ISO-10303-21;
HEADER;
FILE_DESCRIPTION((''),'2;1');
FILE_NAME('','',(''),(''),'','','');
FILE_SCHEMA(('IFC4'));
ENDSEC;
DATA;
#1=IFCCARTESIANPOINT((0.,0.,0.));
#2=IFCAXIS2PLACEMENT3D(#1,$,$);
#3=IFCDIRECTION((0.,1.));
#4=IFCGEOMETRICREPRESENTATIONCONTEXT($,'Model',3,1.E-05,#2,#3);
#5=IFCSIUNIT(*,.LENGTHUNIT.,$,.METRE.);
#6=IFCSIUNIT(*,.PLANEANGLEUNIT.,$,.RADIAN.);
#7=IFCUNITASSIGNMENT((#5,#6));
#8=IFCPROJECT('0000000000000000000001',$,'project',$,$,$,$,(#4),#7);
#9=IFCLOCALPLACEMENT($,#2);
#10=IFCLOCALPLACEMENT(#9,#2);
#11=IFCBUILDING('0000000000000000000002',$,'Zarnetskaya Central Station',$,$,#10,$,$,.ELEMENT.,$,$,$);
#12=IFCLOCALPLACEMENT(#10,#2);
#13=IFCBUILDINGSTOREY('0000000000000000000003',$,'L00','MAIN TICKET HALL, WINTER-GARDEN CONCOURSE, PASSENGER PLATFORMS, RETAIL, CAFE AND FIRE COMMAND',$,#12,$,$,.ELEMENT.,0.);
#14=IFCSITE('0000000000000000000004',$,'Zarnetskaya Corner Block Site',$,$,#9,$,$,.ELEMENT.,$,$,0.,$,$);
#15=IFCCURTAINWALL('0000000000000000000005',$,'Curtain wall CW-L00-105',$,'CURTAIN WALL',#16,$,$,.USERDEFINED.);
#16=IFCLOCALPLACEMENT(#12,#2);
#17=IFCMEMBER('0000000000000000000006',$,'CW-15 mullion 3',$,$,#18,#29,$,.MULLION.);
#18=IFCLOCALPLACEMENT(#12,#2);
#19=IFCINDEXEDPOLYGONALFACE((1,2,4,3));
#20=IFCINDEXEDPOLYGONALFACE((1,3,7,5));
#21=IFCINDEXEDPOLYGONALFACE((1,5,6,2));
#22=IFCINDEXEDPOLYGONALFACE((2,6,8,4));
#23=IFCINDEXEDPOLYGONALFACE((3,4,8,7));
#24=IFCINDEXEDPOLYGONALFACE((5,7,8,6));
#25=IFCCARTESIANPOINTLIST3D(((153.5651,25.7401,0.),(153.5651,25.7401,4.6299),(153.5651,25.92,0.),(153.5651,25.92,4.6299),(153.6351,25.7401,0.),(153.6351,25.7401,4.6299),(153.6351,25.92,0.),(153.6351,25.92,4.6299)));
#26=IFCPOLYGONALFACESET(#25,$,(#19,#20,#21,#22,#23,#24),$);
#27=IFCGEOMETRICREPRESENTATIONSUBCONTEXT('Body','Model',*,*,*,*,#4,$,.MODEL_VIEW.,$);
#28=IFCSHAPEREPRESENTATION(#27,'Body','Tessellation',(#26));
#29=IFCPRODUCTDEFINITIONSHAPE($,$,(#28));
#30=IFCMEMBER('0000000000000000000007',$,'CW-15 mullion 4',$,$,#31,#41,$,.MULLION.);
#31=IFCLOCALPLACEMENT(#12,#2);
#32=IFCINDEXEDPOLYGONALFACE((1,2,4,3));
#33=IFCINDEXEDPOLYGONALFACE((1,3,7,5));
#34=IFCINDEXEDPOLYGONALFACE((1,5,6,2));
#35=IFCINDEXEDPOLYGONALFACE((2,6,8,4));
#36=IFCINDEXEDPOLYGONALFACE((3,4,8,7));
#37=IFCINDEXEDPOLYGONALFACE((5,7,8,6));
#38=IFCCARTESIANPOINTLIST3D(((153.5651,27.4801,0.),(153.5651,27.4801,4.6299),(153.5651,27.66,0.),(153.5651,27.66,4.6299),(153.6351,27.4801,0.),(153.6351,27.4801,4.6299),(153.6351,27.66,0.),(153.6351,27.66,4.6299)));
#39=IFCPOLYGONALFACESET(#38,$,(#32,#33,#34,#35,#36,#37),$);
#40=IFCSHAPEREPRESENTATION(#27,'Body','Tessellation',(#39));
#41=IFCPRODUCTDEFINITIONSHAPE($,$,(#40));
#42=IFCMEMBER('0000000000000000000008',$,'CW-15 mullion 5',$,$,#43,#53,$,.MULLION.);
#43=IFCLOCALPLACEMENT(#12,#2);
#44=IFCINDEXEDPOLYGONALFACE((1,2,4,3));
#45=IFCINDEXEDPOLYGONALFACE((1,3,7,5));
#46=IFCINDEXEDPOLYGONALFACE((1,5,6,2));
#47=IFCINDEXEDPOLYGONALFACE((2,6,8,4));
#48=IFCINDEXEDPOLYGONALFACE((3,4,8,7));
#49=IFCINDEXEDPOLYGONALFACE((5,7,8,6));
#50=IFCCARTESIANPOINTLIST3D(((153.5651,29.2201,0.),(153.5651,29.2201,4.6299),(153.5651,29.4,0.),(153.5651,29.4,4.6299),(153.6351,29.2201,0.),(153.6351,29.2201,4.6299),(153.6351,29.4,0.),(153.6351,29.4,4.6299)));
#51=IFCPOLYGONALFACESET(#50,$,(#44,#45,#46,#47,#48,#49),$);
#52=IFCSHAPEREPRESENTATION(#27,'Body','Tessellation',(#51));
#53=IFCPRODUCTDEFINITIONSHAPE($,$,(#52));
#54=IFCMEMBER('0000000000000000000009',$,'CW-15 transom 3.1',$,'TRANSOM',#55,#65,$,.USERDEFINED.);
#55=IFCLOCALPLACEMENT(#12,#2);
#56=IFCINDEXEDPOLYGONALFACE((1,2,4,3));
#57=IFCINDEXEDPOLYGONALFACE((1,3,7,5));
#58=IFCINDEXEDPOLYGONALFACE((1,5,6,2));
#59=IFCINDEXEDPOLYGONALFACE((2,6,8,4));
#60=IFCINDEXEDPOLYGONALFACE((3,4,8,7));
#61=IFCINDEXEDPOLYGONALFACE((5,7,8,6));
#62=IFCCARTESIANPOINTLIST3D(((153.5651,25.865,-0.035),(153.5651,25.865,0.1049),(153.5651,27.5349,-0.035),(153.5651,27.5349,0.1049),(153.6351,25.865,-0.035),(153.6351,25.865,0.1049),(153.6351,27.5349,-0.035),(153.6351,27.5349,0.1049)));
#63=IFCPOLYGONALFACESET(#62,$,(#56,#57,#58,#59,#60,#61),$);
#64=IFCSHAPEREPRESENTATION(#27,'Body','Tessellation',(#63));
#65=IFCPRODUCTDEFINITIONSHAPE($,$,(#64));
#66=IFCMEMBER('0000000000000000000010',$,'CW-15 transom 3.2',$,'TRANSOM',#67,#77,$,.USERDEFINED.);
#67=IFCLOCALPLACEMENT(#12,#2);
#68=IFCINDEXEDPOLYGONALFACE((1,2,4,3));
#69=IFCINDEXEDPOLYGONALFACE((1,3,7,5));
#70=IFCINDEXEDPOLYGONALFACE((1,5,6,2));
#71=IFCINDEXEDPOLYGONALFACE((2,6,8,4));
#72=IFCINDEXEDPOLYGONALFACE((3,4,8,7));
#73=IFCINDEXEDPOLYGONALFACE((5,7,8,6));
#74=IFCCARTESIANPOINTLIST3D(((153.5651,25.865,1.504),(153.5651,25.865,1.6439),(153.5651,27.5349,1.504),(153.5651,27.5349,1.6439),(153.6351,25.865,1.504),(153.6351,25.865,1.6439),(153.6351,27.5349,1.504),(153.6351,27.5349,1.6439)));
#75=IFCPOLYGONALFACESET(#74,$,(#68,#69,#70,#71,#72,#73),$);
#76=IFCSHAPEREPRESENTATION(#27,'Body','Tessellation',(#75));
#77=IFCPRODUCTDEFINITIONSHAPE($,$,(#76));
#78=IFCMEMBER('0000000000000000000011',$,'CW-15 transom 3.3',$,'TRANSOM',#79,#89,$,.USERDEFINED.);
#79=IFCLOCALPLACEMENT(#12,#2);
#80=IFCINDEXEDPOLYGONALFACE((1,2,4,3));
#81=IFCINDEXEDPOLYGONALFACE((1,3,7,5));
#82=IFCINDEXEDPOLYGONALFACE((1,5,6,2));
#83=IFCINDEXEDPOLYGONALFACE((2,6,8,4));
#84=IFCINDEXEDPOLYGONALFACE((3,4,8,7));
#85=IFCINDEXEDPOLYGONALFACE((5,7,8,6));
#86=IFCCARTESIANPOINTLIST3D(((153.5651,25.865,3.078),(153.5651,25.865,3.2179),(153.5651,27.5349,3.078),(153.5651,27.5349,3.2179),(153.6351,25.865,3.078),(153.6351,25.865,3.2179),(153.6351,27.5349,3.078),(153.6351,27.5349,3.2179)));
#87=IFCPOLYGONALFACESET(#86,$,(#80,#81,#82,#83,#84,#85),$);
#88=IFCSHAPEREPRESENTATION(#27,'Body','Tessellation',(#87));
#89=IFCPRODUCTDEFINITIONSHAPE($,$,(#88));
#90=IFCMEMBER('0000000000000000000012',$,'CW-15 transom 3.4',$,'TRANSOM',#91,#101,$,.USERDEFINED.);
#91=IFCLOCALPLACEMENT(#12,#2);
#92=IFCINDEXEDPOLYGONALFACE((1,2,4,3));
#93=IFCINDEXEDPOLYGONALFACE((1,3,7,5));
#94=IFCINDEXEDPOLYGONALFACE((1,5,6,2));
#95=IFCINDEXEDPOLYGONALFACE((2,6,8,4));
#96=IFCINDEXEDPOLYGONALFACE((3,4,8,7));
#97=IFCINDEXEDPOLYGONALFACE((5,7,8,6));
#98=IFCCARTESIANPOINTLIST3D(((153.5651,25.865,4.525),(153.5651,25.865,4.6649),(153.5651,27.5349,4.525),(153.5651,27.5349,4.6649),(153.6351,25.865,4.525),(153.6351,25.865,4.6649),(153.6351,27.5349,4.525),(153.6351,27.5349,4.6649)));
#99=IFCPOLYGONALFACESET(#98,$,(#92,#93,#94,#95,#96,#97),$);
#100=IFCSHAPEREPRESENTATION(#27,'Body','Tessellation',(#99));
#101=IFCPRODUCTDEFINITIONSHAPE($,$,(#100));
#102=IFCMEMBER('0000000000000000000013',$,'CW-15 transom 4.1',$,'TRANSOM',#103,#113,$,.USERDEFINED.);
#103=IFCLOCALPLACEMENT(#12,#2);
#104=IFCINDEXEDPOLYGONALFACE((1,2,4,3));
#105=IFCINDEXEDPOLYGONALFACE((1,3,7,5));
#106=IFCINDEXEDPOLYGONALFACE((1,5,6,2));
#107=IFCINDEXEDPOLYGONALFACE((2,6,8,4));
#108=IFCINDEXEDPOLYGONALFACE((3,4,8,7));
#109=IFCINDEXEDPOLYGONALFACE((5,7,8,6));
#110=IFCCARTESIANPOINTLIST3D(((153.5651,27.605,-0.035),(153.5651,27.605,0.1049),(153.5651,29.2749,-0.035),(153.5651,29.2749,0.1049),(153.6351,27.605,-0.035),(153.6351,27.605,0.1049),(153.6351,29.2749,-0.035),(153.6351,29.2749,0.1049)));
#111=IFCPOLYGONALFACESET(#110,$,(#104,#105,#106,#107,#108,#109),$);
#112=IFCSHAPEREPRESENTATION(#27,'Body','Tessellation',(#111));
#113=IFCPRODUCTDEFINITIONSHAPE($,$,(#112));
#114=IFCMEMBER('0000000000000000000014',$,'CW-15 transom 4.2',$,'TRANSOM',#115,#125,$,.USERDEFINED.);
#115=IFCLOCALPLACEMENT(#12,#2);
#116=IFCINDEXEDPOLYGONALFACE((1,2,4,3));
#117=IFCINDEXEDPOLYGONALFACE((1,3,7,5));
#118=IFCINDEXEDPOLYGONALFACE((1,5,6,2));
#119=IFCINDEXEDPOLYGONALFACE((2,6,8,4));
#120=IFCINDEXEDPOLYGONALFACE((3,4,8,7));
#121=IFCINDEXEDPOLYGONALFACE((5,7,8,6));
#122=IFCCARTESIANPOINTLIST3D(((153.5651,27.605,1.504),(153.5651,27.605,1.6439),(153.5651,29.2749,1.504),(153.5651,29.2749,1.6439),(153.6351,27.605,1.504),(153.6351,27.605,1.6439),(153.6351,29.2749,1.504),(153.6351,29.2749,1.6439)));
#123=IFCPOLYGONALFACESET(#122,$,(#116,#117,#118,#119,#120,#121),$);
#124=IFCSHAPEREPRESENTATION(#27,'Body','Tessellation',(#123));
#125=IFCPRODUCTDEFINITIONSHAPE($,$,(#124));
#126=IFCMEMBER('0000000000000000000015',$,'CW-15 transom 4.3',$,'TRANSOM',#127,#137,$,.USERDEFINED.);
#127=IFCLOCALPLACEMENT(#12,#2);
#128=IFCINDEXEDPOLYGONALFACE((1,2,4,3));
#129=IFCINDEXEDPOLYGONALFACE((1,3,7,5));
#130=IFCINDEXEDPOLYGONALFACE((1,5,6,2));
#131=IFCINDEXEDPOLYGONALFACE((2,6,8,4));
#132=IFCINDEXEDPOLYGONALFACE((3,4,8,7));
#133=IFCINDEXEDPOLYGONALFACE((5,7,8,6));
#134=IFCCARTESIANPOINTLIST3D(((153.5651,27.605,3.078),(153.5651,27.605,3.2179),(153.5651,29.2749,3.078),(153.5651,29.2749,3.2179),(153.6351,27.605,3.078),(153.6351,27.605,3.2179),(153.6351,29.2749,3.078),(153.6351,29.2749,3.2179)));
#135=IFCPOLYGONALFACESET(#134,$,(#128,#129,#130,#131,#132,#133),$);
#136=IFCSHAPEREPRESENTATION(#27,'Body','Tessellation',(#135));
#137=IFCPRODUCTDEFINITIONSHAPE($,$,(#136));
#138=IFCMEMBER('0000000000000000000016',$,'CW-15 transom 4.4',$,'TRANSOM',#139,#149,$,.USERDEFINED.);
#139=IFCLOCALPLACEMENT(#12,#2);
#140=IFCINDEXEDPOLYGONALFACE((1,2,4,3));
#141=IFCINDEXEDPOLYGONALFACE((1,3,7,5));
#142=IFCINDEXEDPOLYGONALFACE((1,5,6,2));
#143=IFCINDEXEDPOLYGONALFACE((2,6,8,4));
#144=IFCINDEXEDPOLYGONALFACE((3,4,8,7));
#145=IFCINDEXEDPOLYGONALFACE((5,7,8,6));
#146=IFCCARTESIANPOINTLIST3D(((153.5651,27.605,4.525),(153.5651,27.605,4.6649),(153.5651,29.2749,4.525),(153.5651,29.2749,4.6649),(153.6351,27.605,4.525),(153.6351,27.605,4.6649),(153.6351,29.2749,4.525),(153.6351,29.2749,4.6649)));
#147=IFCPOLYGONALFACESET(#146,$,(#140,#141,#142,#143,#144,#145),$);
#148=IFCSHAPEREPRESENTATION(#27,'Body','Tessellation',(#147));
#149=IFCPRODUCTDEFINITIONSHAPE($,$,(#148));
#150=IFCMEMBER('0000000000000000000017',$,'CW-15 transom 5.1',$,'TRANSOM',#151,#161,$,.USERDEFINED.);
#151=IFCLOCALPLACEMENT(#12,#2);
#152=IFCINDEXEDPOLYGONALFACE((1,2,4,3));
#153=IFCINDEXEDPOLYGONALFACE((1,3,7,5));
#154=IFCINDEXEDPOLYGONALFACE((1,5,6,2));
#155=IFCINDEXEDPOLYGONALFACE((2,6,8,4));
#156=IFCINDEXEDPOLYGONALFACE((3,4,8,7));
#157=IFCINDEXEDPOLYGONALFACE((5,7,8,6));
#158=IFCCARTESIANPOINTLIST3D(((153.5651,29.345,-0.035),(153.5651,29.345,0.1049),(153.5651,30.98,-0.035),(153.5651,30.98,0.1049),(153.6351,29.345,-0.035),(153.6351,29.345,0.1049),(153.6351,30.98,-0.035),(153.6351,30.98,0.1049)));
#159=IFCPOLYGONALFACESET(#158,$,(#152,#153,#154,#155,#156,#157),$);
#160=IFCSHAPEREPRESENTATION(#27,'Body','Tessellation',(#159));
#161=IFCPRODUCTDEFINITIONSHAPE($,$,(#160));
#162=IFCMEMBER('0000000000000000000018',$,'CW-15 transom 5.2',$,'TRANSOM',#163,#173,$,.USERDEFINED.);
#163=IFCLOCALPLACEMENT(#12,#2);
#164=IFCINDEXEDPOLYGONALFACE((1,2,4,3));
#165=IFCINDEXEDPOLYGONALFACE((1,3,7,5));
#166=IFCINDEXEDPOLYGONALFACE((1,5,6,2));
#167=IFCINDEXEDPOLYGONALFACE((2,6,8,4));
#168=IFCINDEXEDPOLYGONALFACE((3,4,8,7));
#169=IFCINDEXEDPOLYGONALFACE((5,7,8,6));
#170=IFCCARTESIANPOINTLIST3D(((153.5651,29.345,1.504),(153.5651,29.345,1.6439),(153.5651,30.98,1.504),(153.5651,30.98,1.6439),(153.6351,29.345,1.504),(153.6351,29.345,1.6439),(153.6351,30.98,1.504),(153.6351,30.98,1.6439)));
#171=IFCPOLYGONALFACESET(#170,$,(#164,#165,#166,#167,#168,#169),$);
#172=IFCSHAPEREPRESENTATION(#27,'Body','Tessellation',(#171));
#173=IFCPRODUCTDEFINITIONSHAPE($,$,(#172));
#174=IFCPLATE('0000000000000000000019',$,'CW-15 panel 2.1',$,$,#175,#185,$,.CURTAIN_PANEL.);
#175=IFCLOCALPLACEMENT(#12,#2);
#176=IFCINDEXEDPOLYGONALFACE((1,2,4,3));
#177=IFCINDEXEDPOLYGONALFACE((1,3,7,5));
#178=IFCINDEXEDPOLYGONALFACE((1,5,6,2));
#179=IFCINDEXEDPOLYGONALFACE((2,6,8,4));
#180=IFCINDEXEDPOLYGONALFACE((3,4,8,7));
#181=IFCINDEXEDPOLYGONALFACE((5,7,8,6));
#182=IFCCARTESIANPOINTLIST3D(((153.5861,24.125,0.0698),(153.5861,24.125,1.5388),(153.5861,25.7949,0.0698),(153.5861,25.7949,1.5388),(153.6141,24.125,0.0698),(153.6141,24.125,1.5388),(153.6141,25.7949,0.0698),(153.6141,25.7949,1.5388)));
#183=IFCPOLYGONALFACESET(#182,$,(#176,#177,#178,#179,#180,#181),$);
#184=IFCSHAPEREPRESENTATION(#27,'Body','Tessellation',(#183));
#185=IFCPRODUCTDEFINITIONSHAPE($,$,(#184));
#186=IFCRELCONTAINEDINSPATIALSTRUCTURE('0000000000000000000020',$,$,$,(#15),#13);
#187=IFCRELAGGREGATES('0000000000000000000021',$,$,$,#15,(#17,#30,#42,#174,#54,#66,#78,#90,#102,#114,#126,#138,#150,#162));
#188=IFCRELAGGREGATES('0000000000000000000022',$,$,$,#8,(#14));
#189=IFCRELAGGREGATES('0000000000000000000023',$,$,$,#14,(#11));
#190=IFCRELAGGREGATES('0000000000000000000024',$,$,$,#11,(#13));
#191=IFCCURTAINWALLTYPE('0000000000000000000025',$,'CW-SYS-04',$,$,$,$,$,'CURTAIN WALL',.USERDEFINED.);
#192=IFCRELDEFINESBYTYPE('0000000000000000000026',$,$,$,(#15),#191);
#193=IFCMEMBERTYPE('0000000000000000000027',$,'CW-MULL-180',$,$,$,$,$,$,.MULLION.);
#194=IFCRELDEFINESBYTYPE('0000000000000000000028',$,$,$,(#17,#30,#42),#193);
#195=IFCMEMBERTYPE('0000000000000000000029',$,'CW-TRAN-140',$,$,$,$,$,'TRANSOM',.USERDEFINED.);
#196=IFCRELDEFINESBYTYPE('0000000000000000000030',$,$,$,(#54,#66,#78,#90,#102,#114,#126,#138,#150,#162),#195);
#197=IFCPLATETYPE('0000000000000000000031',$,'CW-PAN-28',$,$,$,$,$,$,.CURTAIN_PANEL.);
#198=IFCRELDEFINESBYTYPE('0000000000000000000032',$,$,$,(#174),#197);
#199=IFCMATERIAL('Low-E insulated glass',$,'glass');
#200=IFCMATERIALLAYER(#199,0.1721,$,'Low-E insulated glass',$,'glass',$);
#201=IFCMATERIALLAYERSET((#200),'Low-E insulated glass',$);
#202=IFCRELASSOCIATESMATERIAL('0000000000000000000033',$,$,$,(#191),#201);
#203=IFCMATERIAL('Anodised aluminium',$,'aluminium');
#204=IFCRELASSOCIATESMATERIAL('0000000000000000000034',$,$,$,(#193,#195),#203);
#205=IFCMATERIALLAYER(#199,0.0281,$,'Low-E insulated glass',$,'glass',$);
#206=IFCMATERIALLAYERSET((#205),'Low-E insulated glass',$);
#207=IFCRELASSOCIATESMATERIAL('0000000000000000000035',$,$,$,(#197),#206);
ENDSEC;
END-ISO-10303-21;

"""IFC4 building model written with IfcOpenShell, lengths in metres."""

from ifc_helpers import new_model, si_unit, direction, frame, origin, origin_2d, place, context, subcontext, project, spatial, rectangle, extrude, material, layer, layer_set, material_profile, profile_set, type_object, element, aggregate, save


model = new_model("IFC4")

# Units and contexts
model_context = context("Model", 3, precision=1e-05, world=origin(), true_north=direction((0.0, 1.0)))
body_context = subcontext(model_context, "Body", "Model", "MODEL_VIEW")
ifc_project = project(units=[si_unit("LENGTHUNIT", "METRE"), si_unit("PLANEANGLEUNIT", "RADIAN")], contexts=[model_context])

# Site, building, storey
site_placement = place(None, origin())
site = spatial("IfcSite", under=ifc_project, at=site_placement, Name="Zarnetskaya Corner Block Site", CompositionType="ELEMENT", RefElevation=0.0)
building_placement = place(site_placement, origin())
building = spatial("IfcBuilding", under=site, at=building_placement, Name="Zarnetskaya Central Station", CompositionType="ELEMENT")
storey_placement = place(building_placement, origin())
storey = spatial("IfcBuildingStorey", under=building, at=storey_placement, Name="L00", Description="MAIN TICKET HALL, WINTER-GARDEN CONCOURSE, PASSENGER PLATFORMS, RETAIL, CAFE AND FIRE COMMAND", CompositionType="ELEMENT", Elevation=0.0)

# Curtain wall, members, plate
ifc_material_1 = material(Name="Low-E insulated glass", Category="glass")
ifc_layer_1 = layer(ifc_material_1, 0.1721, Name="Low-E insulated glass", Category="glass")
ifc_layer_set_1 = layer_set([ifc_layer_1], Name="Low-E insulated glass")
curtain_wall_type = type_object("IfcCurtainWallType", Name="CW-SYS-04", ElementType="CURTAIN WALL", PredefinedType="USERDEFINED", material=ifc_layer_set_1)
curtain_wall_placement = place(storey_placement, origin())
curtain_wall = element("IfcCurtainWall", 1, at=curtain_wall_placement, inside=storey, type_object=curtain_wall_type, Name="Curtain wall CW-L00-105", ObjectType="CURTAIN WALL", PredefinedType="USERDEFINED")
ifc_material_2 = material(Name="Anodised aluminium", Category="aluminium")
ifc_material_profile_1 = material_profile(ifc_material_2, rectangle(XDim=0.0701, YDim=0.1799, at=origin_2d()), Name="ALU MULL 70x180")
ifc_profile_set_1 = profile_set([ifc_material_profile_1], Name="Anodised aluminium")
member_type_1 = type_object("IfcMemberType", Name="CW-MULL-180", PredefinedType="MULLION", material=ifc_profile_set_1)
member_1_placement = place(storey_placement, frame((153.6001, 25.8301, 0.0), z_axis=(0.0, 0.0, 1.0), x_axis=(-1.0, 0.0, 0.0)))
member_1 = element("IfcMember", 2, at=member_1_placement, type_object=member_type_1, Name="CW-15 mullion 3", PredefinedType="MULLION", context=body_context, shape_type="SweptSolid", body=[
    extrude(rectangle(XDim=0.0701, YDim=0.1799, at=origin_2d()), origin(), (0.0, 0.0, 1.0), 4.6299),
])
member_2_placement = place(storey_placement, frame((153.6001, 27.5701, 0.0), z_axis=(0.0, 0.0, 1.0), x_axis=(-1.0, 0.0, 0.0)))
member_2 = element("IfcMember", 3, at=member_2_placement, type_object=member_type_1, Name="CW-15 mullion 4", PredefinedType="MULLION", context=body_context, shape_type="SweptSolid", body=[
    extrude(rectangle(XDim=0.0701, YDim=0.1799, at=origin_2d()), origin(), (0.0, 0.0, 1.0), 4.6299),
])
member_3_placement = place(storey_placement, frame((153.6001, 29.3101, 0.0), z_axis=(0.0, 0.0, 1.0), x_axis=(-1.0, 0.0, 0.0)))
member_3 = element("IfcMember", 4, at=member_3_placement, type_object=member_type_1, Name="CW-15 mullion 5", PredefinedType="MULLION", context=body_context, shape_type="SweptSolid", body=[
    extrude(rectangle(XDim=0.0701, YDim=0.1799, at=origin_2d()), origin(), (0.0, 0.0, 1.0), 4.6299),
])
ifc_material_profile_2 = material_profile(ifc_material_2, rectangle(XDim=0.0701, YDim=0.1399, at=origin_2d()), Name="ALU TRAN 70x140")
ifc_profile_set_2 = profile_set([ifc_material_profile_2], Name="Anodised aluminium")
member_type_2 = type_object("IfcMemberType", Name="CW-TRAN-140", ElementType="TRANSOM", PredefinedType="USERDEFINED", material=ifc_profile_set_2)
member_4_placement = place(storey_placement, frame((153.6001, 25.865, 0.0349), z_axis=(0.0, 1.0, 0.0), x_axis=(-1.0, 0.0, 0.0)))
member_4 = element("IfcMember", 5, at=member_4_placement, type_object=member_type_2, Name="CW-15 transom 3.1", ObjectType="TRANSOM", PredefinedType="USERDEFINED", context=body_context, shape_type="SweptSolid", body=[
    extrude(rectangle(XDim=0.0701, YDim=0.1399, at=origin_2d()), origin(), (0.0, 0.0, 1.0), 1.6699),
])
member_5_placement = place(storey_placement, frame((153.6001, 25.865, 1.574), z_axis=(0.0, 1.0, 0.0), x_axis=(-1.0, 0.0, 0.0)))
member_5 = element("IfcMember", 6, at=member_5_placement, type_object=member_type_2, Name="CW-15 transom 3.2", ObjectType="TRANSOM", PredefinedType="USERDEFINED", context=body_context, shape_type="SweptSolid", body=[
    extrude(rectangle(XDim=0.0701, YDim=0.1399, at=origin_2d()), origin(), (0.0, 0.0, 1.0), 1.6699),
])
member_6_placement = place(storey_placement, frame((153.6001, 25.865, 3.1479), z_axis=(0.0, 1.0, 0.0), x_axis=(-1.0, 0.0, 0.0)))
member_6 = element("IfcMember", 7, at=member_6_placement, type_object=member_type_2, Name="CW-15 transom 3.3", ObjectType="TRANSOM", PredefinedType="USERDEFINED", context=body_context, shape_type="SweptSolid", body=[
    extrude(rectangle(XDim=0.0701, YDim=0.1399, at=origin_2d()), origin(), (0.0, 0.0, 1.0), 1.6699),
])
member_7_placement = place(storey_placement, frame((153.6001, 25.865, 4.595), z_axis=(0.0, 1.0, 0.0), x_axis=(-1.0, 0.0, 0.0)))
member_7 = element("IfcMember", 8, at=member_7_placement, type_object=member_type_2, Name="CW-15 transom 3.4", ObjectType="TRANSOM", PredefinedType="USERDEFINED", context=body_context, shape_type="SweptSolid", body=[
    extrude(rectangle(XDim=0.0701, YDim=0.1399, at=origin_2d()), origin(), (0.0, 0.0, 1.0), 1.6699),
])
member_8_placement = place(storey_placement, frame((153.6001, 27.605, 0.0349), z_axis=(0.0, 1.0, 0.0), x_axis=(-1.0, 0.0, 0.0)))
member_8 = element("IfcMember", 9, at=member_8_placement, type_object=member_type_2, Name="CW-15 transom 4.1", ObjectType="TRANSOM", PredefinedType="USERDEFINED", context=body_context, shape_type="SweptSolid", body=[
    extrude(rectangle(XDim=0.0701, YDim=0.1399, at=origin_2d()), origin(), (0.0, 0.0, 1.0), 1.6699),
])
member_9_placement = place(storey_placement, frame((153.6001, 27.605, 1.574), z_axis=(0.0, 1.0, 0.0), x_axis=(-1.0, 0.0, 0.0)))
member_9 = element("IfcMember", 10, at=member_9_placement, type_object=member_type_2, Name="CW-15 transom 4.2", ObjectType="TRANSOM", PredefinedType="USERDEFINED", context=body_context, shape_type="SweptSolid", body=[
    extrude(rectangle(XDim=0.0701, YDim=0.1399, at=origin_2d()), origin(), (0.0, 0.0, 1.0), 1.6699),
])
member_10_placement = place(storey_placement, frame((153.6001, 27.605, 3.1479), z_axis=(0.0, 1.0, 0.0), x_axis=(-1.0, 0.0, 0.0)))
member_10 = element("IfcMember", 11, at=member_10_placement, type_object=member_type_2, Name="CW-15 transom 4.3", ObjectType="TRANSOM", PredefinedType="USERDEFINED", context=body_context, shape_type="SweptSolid", body=[
    extrude(rectangle(XDim=0.0701, YDim=0.1399, at=origin_2d()), origin(), (0.0, 0.0, 1.0), 1.6699),
])
member_11_placement = place(storey_placement, frame((153.6001, 27.605, 4.595), z_axis=(0.0, 1.0, 0.0), x_axis=(-1.0, 0.0, 0.0)))
member_11 = element("IfcMember", 12, at=member_11_placement, type_object=member_type_2, Name="CW-15 transom 4.4", ObjectType="TRANSOM", PredefinedType="USERDEFINED", context=body_context, shape_type="SweptSolid", body=[
    extrude(rectangle(XDim=0.0701, YDim=0.1399, at=origin_2d()), origin(), (0.0, 0.0, 1.0), 1.6699),
])
member_12_placement = place(storey_placement, frame((153.6001, 29.345, 0.0349), z_axis=(0.0, 1.0, 0.0), x_axis=(-1.0, 0.0, 0.0)))
member_12 = element("IfcMember", 13, at=member_12_placement, type_object=member_type_2, Name="CW-15 transom 5.1", ObjectType="TRANSOM", PredefinedType="USERDEFINED", context=body_context, shape_type="SweptSolid", body=[
    extrude(rectangle(XDim=0.0701, YDim=0.1399, at=origin_2d()), origin(), (0.0, 0.0, 1.0), 1.635),
])
member_13_placement = place(storey_placement, frame((153.6001, 29.345, 1.574), z_axis=(0.0, 1.0, 0.0), x_axis=(-1.0, 0.0, 0.0)))
member_13 = element("IfcMember", 14, at=member_13_placement, type_object=member_type_2, Name="CW-15 transom 5.2", ObjectType="TRANSOM", PredefinedType="USERDEFINED", context=body_context, shape_type="SweptSolid", body=[
    extrude(rectangle(XDim=0.0701, YDim=0.1399, at=origin_2d()), origin(), (0.0, 0.0, 1.0), 1.635),
])
ifc_layer_2 = layer(ifc_material_1, 0.0281, Name="Low-E insulated glass", Category="glass")
ifc_layer_set_2 = layer_set([ifc_layer_2], Name="Low-E insulated glass")
plate_type = type_object("IfcPlateType", Name="CW-PAN-28", PredefinedType="CURTAIN_PANEL", material=ifc_layer_set_2)
plate_1_placement = place(storey_placement, frame((153.6001, 24.96, 0.0698), z_axis=(0.0, 0.0, 1.0), x_axis=(0.0, 1.0, 0.0)))
plate_1 = element("IfcPlate", 15, at=plate_1_placement, type_object=plate_type, Name="CW-15 panel 2.1", PredefinedType="CURTAIN_PANEL", context=body_context, shape_type="SweptSolid", body=[
    extrude(rectangle(XDim=1.6699, YDim=0.0281, at=origin_2d()), origin(), (0.0, 0.0, 1.0), 1.469),
])
aggregate(curtain_wall, [member_1, member_2, member_3, plate_1, member_4, member_5, member_6, member_7, member_8, member_9, member_10, member_11, member_12, member_13])

save(model, "model.ifc")
